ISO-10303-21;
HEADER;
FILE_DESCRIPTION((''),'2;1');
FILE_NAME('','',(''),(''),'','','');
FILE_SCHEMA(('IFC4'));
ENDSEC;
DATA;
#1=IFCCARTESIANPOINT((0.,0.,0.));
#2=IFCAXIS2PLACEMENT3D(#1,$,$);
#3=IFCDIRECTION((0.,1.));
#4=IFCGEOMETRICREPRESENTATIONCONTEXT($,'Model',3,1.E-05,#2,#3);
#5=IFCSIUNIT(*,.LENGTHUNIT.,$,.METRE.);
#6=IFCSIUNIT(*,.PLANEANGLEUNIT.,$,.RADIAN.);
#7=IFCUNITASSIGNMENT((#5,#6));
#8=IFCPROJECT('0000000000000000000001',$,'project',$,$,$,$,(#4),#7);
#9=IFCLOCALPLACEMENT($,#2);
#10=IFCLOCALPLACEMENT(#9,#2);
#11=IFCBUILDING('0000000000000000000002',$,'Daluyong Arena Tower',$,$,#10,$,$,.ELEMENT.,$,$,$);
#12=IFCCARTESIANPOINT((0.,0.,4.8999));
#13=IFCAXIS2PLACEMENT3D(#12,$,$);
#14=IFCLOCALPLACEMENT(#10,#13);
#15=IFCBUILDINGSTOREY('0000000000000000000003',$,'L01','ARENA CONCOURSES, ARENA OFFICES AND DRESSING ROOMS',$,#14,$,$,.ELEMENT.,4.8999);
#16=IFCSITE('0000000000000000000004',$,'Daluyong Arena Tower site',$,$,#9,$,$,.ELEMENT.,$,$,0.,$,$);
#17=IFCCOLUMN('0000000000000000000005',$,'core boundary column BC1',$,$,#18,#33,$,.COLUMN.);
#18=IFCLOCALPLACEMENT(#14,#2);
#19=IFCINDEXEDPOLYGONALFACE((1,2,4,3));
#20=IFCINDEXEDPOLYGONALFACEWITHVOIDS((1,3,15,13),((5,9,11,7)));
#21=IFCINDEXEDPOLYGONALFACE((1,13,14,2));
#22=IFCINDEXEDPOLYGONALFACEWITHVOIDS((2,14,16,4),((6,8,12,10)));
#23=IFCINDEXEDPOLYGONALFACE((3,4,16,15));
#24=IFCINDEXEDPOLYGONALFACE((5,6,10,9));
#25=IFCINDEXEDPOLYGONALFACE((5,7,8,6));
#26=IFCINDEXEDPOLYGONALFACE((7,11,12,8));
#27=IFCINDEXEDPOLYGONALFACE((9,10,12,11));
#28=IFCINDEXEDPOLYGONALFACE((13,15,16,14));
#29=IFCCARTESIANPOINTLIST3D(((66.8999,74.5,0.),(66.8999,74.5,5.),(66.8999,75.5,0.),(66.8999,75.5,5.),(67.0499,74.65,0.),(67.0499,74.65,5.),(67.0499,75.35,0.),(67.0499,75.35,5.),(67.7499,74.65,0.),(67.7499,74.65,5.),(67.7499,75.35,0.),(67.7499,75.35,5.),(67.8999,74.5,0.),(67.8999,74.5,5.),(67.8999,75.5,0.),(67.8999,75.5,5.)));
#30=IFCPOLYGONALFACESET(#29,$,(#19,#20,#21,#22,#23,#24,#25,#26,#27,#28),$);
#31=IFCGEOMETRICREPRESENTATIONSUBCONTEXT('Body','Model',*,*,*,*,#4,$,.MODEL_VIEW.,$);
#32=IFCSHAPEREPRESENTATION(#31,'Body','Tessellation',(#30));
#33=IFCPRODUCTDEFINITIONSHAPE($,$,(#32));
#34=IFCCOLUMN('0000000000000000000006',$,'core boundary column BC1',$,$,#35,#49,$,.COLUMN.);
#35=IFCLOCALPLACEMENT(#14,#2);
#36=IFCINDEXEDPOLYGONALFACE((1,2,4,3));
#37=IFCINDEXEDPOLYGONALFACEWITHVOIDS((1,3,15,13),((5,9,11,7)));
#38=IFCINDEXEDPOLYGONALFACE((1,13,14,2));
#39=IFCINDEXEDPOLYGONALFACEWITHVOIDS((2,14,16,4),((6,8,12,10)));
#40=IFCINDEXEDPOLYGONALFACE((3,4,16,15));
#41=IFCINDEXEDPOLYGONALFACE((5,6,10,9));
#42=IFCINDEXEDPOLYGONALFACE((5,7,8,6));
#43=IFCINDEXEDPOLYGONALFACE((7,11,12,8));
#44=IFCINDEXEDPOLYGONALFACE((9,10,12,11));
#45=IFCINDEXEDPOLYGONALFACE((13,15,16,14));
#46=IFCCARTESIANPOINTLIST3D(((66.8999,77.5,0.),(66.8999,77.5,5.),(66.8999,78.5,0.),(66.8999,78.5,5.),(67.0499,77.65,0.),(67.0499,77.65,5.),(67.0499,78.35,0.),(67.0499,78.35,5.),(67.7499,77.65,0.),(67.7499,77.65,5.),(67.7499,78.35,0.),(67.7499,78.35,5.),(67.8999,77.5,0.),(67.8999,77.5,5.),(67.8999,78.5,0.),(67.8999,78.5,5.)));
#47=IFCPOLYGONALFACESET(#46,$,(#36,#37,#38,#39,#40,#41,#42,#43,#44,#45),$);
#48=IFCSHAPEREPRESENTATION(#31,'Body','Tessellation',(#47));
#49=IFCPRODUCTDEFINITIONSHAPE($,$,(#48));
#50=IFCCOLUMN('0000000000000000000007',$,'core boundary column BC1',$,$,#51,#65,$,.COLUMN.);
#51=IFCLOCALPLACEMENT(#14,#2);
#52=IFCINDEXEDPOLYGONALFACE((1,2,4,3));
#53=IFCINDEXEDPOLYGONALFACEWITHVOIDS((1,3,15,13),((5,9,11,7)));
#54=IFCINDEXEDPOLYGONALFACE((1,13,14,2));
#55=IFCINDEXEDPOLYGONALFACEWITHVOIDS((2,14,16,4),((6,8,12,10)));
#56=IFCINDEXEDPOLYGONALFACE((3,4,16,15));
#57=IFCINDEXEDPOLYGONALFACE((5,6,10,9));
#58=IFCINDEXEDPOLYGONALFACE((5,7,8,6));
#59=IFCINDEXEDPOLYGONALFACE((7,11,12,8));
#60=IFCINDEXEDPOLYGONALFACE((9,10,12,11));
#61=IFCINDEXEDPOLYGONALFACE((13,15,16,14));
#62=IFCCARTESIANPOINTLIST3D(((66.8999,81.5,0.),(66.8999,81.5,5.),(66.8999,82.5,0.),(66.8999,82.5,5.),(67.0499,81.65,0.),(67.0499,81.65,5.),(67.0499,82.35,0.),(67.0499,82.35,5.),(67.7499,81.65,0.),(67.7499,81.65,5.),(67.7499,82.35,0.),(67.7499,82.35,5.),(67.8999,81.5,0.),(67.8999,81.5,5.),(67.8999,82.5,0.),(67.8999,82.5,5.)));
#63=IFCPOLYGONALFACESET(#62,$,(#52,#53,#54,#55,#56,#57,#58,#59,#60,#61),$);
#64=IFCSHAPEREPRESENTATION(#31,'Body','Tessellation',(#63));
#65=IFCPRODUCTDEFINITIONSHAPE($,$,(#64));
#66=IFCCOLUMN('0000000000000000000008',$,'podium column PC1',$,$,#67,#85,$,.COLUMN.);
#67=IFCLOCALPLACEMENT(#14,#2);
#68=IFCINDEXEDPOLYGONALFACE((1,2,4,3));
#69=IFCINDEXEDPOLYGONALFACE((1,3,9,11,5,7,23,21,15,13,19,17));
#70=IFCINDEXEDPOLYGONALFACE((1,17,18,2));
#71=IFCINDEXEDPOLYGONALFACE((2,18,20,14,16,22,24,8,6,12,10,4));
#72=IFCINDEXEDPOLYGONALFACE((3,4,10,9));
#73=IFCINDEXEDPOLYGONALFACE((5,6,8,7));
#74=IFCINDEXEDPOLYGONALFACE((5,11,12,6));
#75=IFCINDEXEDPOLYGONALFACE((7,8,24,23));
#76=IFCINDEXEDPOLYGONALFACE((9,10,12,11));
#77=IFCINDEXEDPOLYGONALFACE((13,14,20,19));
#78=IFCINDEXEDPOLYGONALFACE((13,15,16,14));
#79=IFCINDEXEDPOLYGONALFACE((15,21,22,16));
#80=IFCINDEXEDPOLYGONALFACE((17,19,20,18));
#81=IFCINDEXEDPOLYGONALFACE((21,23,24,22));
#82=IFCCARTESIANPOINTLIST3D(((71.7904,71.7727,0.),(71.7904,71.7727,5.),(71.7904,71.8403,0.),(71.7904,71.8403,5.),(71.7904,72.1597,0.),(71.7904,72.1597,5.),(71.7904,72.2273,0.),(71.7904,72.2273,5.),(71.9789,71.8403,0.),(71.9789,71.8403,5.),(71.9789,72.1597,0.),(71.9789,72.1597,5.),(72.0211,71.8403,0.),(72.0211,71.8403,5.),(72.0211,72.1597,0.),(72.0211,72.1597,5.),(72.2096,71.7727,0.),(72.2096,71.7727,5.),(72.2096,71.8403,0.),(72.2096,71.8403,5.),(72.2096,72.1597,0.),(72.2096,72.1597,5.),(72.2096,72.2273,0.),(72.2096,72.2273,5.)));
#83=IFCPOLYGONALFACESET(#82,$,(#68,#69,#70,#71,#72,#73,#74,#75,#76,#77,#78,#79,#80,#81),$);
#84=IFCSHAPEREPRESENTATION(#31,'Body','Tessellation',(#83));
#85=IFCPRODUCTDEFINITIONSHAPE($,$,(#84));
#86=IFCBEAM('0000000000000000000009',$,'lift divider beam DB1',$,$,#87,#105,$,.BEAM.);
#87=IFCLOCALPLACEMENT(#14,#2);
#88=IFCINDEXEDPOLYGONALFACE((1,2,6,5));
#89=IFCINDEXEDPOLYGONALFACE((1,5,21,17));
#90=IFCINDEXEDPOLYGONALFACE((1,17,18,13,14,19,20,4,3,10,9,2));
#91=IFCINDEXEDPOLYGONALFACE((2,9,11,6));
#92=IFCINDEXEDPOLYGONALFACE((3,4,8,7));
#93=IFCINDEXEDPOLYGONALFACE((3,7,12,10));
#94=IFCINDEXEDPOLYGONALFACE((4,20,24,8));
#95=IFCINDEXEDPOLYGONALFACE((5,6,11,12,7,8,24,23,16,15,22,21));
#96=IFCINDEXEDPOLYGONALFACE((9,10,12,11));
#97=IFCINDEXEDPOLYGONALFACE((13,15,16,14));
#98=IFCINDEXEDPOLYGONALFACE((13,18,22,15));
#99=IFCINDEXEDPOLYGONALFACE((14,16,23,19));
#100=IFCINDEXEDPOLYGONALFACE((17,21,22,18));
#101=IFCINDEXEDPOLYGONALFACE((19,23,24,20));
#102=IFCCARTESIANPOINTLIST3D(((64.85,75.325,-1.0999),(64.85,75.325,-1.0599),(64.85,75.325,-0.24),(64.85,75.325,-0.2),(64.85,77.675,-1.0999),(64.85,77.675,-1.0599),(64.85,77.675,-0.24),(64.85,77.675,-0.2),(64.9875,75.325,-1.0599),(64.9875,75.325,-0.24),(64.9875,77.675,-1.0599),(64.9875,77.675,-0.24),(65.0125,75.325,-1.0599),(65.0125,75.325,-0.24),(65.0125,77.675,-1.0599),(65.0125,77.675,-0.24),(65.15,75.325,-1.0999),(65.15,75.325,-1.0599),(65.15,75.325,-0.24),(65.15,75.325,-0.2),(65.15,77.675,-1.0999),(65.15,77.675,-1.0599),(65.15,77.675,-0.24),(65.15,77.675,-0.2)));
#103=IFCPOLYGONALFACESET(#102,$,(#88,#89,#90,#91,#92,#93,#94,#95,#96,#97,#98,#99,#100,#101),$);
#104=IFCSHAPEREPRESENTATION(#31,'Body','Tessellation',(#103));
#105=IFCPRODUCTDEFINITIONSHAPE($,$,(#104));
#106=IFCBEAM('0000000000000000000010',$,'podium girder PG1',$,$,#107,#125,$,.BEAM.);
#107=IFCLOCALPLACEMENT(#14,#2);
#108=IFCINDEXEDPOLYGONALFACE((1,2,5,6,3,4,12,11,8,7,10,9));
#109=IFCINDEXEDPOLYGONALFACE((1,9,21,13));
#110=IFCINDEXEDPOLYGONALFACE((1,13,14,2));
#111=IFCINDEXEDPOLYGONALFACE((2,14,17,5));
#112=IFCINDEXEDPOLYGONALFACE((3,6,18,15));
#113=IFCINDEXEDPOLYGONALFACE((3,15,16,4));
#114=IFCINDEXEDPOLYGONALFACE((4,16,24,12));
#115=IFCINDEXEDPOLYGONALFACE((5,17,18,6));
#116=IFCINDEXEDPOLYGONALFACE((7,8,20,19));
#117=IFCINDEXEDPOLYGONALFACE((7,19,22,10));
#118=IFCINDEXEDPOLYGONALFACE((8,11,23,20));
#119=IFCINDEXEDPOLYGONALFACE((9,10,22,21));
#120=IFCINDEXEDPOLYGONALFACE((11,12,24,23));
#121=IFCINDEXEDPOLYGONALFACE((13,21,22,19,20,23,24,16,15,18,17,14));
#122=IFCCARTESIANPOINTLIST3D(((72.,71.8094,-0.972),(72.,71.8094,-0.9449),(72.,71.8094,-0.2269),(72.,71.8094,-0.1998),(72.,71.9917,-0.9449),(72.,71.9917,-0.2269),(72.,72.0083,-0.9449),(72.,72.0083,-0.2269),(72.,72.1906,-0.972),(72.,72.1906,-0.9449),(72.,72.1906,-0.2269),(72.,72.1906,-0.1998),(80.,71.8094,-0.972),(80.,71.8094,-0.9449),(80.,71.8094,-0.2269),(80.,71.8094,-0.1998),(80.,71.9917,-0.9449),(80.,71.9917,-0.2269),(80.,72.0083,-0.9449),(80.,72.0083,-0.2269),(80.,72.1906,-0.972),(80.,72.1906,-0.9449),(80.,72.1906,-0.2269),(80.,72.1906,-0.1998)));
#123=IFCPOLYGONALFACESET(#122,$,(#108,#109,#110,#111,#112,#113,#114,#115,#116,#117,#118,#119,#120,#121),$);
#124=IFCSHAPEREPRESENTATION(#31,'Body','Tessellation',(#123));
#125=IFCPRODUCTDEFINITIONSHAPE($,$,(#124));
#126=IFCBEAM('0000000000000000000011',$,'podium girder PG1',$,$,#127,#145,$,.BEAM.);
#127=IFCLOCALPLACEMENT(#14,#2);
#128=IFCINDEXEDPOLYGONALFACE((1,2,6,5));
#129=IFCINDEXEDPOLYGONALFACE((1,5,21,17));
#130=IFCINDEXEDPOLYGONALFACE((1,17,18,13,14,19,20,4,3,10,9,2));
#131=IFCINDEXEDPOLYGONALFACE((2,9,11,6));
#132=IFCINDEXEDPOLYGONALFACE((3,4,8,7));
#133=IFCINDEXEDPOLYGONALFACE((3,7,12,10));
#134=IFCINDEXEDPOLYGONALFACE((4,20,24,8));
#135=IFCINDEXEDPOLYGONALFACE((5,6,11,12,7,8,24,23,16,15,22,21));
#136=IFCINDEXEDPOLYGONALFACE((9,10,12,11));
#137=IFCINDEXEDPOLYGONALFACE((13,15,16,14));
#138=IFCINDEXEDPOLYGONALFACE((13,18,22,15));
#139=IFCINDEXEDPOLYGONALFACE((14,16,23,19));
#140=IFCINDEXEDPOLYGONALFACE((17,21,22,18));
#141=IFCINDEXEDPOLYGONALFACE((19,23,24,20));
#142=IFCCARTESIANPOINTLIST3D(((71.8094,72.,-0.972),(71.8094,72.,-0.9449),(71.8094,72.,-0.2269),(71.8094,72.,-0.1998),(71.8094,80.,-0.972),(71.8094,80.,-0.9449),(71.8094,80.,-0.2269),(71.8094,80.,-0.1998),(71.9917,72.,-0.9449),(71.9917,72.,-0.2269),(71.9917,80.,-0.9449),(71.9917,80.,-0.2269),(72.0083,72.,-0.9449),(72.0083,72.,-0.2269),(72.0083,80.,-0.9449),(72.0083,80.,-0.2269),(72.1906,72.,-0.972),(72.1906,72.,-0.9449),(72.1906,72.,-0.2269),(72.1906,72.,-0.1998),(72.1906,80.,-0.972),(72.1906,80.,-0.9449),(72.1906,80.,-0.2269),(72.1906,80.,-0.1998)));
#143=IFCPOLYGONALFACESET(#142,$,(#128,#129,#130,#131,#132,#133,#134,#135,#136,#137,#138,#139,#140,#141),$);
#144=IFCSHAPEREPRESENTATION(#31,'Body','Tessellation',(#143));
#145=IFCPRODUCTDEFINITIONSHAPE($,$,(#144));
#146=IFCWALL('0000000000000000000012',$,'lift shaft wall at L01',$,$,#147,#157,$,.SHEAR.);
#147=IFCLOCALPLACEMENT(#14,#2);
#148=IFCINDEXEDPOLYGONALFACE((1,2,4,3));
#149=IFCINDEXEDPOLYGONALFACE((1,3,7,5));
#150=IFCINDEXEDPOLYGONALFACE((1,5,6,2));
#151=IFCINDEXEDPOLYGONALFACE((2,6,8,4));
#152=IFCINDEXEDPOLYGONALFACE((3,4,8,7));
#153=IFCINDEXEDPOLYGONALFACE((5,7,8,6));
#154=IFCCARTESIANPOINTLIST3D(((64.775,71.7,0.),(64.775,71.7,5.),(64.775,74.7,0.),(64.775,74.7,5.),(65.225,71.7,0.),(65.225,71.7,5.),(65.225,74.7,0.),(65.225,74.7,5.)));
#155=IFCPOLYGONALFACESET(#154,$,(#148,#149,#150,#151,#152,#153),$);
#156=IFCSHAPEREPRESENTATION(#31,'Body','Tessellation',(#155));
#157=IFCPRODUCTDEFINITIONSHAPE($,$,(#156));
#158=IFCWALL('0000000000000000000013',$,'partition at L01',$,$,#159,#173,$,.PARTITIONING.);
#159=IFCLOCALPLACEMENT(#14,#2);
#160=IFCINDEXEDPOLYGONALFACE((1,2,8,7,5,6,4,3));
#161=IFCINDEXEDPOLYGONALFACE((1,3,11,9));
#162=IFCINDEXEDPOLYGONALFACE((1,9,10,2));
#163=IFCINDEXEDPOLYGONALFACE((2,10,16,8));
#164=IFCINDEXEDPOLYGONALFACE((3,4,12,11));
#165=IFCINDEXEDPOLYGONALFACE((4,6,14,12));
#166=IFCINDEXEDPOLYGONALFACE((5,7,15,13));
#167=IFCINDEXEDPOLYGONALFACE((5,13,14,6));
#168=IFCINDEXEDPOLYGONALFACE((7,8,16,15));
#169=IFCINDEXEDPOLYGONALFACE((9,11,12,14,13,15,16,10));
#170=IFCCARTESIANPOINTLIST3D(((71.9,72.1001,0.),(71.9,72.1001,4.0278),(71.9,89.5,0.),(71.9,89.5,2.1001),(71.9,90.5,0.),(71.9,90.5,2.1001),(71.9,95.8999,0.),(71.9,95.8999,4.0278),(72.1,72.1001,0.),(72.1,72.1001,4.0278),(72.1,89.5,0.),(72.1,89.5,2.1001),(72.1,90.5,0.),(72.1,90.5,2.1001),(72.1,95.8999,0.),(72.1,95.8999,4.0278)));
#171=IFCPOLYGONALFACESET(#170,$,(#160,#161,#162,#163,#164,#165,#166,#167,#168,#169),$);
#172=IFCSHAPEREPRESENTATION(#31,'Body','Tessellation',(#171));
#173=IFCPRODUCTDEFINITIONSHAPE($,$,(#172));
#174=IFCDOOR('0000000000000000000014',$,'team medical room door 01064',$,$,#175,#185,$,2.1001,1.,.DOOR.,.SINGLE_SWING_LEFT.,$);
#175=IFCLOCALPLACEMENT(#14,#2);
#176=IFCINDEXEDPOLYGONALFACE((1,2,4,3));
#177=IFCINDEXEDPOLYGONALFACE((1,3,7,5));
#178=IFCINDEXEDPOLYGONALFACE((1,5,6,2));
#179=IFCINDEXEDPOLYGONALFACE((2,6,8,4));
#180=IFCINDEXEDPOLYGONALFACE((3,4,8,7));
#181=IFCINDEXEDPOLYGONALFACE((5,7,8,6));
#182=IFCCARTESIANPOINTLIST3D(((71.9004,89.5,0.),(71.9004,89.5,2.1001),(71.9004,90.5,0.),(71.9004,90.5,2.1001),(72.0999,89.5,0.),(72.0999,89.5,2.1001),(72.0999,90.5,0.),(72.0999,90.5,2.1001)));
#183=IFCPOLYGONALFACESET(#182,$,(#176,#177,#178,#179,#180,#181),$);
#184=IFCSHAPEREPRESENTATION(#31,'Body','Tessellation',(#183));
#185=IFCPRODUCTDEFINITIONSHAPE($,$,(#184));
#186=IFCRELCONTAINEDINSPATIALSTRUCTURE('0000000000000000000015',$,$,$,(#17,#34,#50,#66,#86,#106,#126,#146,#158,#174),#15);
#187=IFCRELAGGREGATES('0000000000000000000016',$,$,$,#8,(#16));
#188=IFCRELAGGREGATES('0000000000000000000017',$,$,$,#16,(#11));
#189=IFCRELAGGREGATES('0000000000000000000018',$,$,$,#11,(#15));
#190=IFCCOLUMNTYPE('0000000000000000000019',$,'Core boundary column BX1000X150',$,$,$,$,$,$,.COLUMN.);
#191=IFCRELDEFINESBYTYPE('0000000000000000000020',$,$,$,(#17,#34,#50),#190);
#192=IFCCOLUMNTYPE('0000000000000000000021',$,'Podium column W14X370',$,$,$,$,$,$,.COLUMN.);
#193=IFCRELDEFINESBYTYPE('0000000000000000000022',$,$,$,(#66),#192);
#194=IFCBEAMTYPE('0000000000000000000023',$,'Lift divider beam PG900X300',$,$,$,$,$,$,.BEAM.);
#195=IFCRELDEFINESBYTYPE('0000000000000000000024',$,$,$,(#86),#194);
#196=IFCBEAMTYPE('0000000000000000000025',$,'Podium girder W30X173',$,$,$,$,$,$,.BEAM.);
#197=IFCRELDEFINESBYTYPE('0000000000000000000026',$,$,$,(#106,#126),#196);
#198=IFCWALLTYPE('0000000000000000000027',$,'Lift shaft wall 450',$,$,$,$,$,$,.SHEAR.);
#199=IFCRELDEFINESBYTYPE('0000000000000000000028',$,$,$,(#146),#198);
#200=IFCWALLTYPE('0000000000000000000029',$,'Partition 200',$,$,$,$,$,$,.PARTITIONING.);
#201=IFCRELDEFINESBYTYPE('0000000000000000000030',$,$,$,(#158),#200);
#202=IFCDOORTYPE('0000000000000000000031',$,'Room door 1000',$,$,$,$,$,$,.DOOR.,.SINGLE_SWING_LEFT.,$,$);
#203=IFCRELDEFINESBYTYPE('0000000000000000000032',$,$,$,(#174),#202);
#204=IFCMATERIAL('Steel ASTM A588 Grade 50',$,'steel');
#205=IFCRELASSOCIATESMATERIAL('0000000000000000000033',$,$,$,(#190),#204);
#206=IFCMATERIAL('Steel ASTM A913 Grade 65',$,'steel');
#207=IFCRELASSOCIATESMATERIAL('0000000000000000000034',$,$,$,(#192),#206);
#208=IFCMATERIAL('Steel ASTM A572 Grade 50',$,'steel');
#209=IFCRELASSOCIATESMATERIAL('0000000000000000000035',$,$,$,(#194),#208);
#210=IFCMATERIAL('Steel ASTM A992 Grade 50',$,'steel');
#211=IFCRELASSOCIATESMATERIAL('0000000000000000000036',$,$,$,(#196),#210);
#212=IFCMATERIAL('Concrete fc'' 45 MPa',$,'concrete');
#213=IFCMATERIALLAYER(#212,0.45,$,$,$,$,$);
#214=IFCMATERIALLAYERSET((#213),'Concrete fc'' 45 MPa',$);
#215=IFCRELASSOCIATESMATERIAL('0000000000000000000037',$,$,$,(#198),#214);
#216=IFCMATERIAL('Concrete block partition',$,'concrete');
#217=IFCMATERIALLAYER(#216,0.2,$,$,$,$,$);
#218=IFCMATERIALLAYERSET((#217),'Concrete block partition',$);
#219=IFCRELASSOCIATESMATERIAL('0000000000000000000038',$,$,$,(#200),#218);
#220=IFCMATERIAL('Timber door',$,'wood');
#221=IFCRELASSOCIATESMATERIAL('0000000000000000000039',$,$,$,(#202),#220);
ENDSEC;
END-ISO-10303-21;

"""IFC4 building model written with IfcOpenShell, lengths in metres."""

from ifc_helpers import new_model, si_unit, direction, frame, frame_2d, origin, origin_2d, place, context, subcontext, project, spatial, rectangle, hollow_rectangle, i_section, extrude, material, layer, layer_set, material_profile, profile_set, type_object, element, fill, save


model = new_model("IFC4")

# Units and contexts
model_context = context("Model", 3, precision=1e-05, world=origin(), true_north=direction((0.0, 1.0)))
body_context = subcontext(model_context, "Body", "Model", "MODEL_VIEW")
ifc_project = project(units=[si_unit("LENGTHUNIT", "METRE"), si_unit("PLANEANGLEUNIT", "RADIAN")], contexts=[model_context])

# Site, building, storey
site_placement = place(None, origin())
site = spatial("IfcSite", under=ifc_project, at=site_placement, Name="Daluyong Arena Tower site", CompositionType="ELEMENT", RefElevation=0.0)
building_placement = place(site_placement, origin())
building = spatial("IfcBuilding", under=site, at=building_placement, Name="Daluyong Arena Tower", CompositionType="ELEMENT")
storey_placement = place(building_placement, frame((0.0, 0.0, 4.8999)))
storey = spatial("IfcBuildingStorey", under=building, at=storey_placement, Name="L01", Description="ARENA CONCOURSES, ARENA OFFICES AND DRESSING ROOMS", CompositionType="ELEMENT", Elevation=4.8999)

# Columns
ifc_material_1 = material(Name="Steel ASTM A588 Grade 50", Category="steel")
ifc_material_profile_1 = material_profile(ifc_material_1, hollow_rectangle(XDim=1.0, YDim=1.0, WallThickness=0.15, at=origin_2d()))
ifc_profile_set_1 = profile_set([ifc_material_profile_1], Name="Steel ASTM A588 Grade 50")
column_type_1 = type_object("IfcColumnType", Name="Core boundary column BX1000X150", PredefinedType="COLUMN", material=ifc_profile_set_1)
for number, where, z_axis, x_axis, name in (
    (1, (67.3999, 75.0, 0.0), (0.0, 0.0, 1.0), (1.0, 0.0, 0.0), "core boundary column BC1"),
    (2, (67.3999, 78.0, 0.0), (0.0, 0.0, 1.0), (1.0, 0.0, 0.0), "core boundary column BC1"),
    (3, (67.3999, 82.0, 0.0), (0.0, 0.0, 1.0), (1.0, 0.0, 0.0), "core boundary column BC1"),
):
    element("IfcColumn", number, at=place(storey_placement, frame(where, z_axis=z_axis, x_axis=x_axis)), inside=storey, type_object=column_type_1, Name=name, PredefinedType="COLUMN", context=body_context, shape_type="SweptSolid", body=[
        extrude(hollow_rectangle(XDim=1.0, YDim=1.0, WallThickness=0.15, at=origin_2d()), origin(), (0.0, 0.0, 1.0), 5.0),
    ])
ifc_material_2 = material(Name="Steel ASTM A913 Grade 65", Category="steel")
ifc_material_profile_2 = material_profile(ifc_material_2, i_section(OverallWidth=0.4192, OverallDepth=0.4546, WebThickness=0.0422, FlangeThickness=0.0676, at=origin_2d()))
ifc_profile_set_2 = profile_set([ifc_material_profile_2], Name="Steel ASTM A913 Grade 65")
column_type_2 = type_object("IfcColumnType", Name="Podium column W14X370", PredefinedType="COLUMN", material=ifc_profile_set_2)
column_placement = place(storey_placement, frame((72.0, 72.0, 0.0), z_axis=(0.0, 0.0, 1.0), x_axis=(1.0, 0.0, 0.0)))
element("IfcColumn", 4, at=column_placement, inside=storey, type_object=column_type_2, Name="podium column PC1", PredefinedType="COLUMN", context=body_context, shape_type="SweptSolid", body=[
    extrude(i_section(OverallWidth=0.4192, OverallDepth=0.4546, WebThickness=0.0422, FlangeThickness=0.0676, at=origin_2d()), origin(), (0.0, 0.0, 1.0), 5.0),
])

# Beams
ifc_material_3 = material(Name="Steel ASTM A572 Grade 50", Category="steel")
ifc_material_profile_3 = material_profile(ifc_material_3, i_section(OverallWidth=0.3, OverallDepth=0.8999, WebThickness=0.025, FlangeThickness=0.04, at=origin_2d()))
ifc_profile_set_3 = profile_set([ifc_material_profile_3], Name="Steel ASTM A572 Grade 50")
beam_type_1 = type_object("IfcBeamType", Name="Lift divider beam PG900X300", PredefinedType="BEAM", material=ifc_profile_set_3)
beam_placement = place(storey_placement, frame((65.0, 75.325, -0.6499), z_axis=(0.0, 1.0, 0.0), x_axis=(-1.0, 0.0, 0.0)))
element("IfcBeam", 5, at=beam_placement, inside=storey, type_object=beam_type_1, Name="lift divider beam DB1", PredefinedType="BEAM", context=body_context, shape_type="SweptSolid", body=[
    extrude(i_section(OverallWidth=0.3, OverallDepth=0.8999, WebThickness=0.025, FlangeThickness=0.04, at=origin_2d()), origin(), (0.0, 0.0, 1.0), 2.3501),
])
ifc_material_4 = material(Name="Steel ASTM A992 Grade 50", Category="steel")
ifc_material_profile_4 = material_profile(ifc_material_4, i_section(OverallWidth=0.3811, OverallDepth=0.7722, WebThickness=0.0166, FlangeThickness=0.0271, at=origin_2d()))
ifc_profile_set_4 = profile_set([ifc_material_profile_4], Name="Steel ASTM A992 Grade 50")
beam_type_2 = type_object("IfcBeamType", Name="Podium girder W30X173", PredefinedType="BEAM", material=ifc_profile_set_4)
for number, where, z_axis, x_axis, name in (
    (6, (72.0, 72.0, -0.5859), (1.0, 0.0, 0.0), (0.0, 1.0, 0.0), "podium girder PG1"),
    (7, (72.0, 72.0, -0.5859), (0.0, 1.0, 0.0), (-1.0, 0.0, 0.0), "podium girder PG1"),
):
    element("IfcBeam", number, at=place(storey_placement, frame(where, z_axis=z_axis, x_axis=x_axis)), inside=storey, type_object=beam_type_2, Name=name, PredefinedType="BEAM", context=body_context, shape_type="SweptSolid", body=[
        extrude(i_section(OverallWidth=0.3811, OverallDepth=0.7722, WebThickness=0.0166, FlangeThickness=0.0271, at=origin_2d()), origin(), (0.0, 0.0, 1.0), 8.0),
    ])

# Wall
ifc_material_5 = material(Name="Concrete fc' 45 MPa", Category="concrete")
ifc_layer_1 = layer(ifc_material_5, 0.45)
ifc_layer_set_1 = layer_set([ifc_layer_1], Name="Concrete fc' 45 MPa")
wall_type_1 = type_object("IfcWallType", Name="Lift shaft wall 450", PredefinedType="SHEAR", material=ifc_layer_set_1)
wall_1_placement = place(storey_placement, frame((65.0, 71.7, 0.0), z_axis=(0.0, 0.0, 1.0), x_axis=(0.0, 1.0, 0.0)))
element("IfcWall", 8, at=wall_1_placement, inside=storey, type_object=wall_type_1, Name="lift shaft wall at L01", PredefinedType="SHEAR", context=body_context, shape_type="SweptSolid", body=[
    extrude(rectangle(XDim=3.0, YDim=0.45, at=frame_2d((1.5, 0.0))), origin(), (0.0, 0.0, 1.0), 5.0),
])

# Wall, opening, door
ifc_material_6 = material(Name="Concrete block partition", Category="concrete")
ifc_layer_2 = layer(ifc_material_6, 0.2)
ifc_layer_set_2 = layer_set([ifc_layer_2], Name="Concrete block partition")
wall_type_2 = type_object("IfcWallType", Name="Partition 200", PredefinedType="PARTITIONING", material=ifc_layer_set_2)
wall_2_placement = place(storey_placement, frame((72.0, 72.1001, 0.0), z_axis=(0.0, 0.0, 1.0), x_axis=(0.0, 1.0, 0.0)))
wall_2 = element("IfcWall", 9, at=wall_2_placement, inside=storey, type_object=wall_type_2, Name="partition at L01", PredefinedType="PARTITIONING", context=body_context, shape_type="SweptSolid", body=[
    extrude(rectangle(XDim=23.7998, YDim=0.2, at=frame_2d((11.8999, 0.0))), origin(), (0.0, 0.0, 1.0), 4.0278),
])
opening_1_placement = place(wall_2_placement, frame((17.3999, 0.0, 0.0)))
opening_1 = element("IfcOpeningElement", 10, at=opening_1_placement, cuts=wall_2, PredefinedType="OPENING", context=body_context, shape_type="SweptSolid", body=[
    extrude(rectangle(XDim=1.0, YDim=2.1001, at=frame_2d((0.5, 1.05))), frame((0.0, 0.1099, 0.0), z_axis=(0.0, -1.0, 0.0), x_axis=(1.0, 0.0, 0.0)), (0.0, 0.0, 1.0), 0.22),
])
ifc_material_7 = material(Name="Timber door", Category="wood")
door_type_1 = type_object("IfcDoorType", Name="Room door 1000", OperationType="SINGLE_SWING_LEFT", PredefinedType="DOOR", material=ifc_material_7)
door_1_placement = place(opening_1_placement, origin())
door_1 = element("IfcDoor", 11, at=door_1_placement, inside=storey, type_object=door_type_1, Name="team medical room door 01064", OperationType="SINGLE_SWING_LEFT", OverallHeight=2.1001, OverallWidth=1.0, PredefinedType="DOOR", context=body_context, shape_type="SweptSolid", body=[
    extrude(rectangle(XDim=1.0, YDim=2.1001, at=frame_2d((0.5, 1.05))), frame((0.0, 0.0996, 0.0), z_axis=(0.0, -1.0, 0.0), x_axis=(1.0, 0.0, 0.0)), (0.0, 0.0, 1.0), 0.1995),
])
fill(opening_1, door_1)

save(model, "model.ifc")
